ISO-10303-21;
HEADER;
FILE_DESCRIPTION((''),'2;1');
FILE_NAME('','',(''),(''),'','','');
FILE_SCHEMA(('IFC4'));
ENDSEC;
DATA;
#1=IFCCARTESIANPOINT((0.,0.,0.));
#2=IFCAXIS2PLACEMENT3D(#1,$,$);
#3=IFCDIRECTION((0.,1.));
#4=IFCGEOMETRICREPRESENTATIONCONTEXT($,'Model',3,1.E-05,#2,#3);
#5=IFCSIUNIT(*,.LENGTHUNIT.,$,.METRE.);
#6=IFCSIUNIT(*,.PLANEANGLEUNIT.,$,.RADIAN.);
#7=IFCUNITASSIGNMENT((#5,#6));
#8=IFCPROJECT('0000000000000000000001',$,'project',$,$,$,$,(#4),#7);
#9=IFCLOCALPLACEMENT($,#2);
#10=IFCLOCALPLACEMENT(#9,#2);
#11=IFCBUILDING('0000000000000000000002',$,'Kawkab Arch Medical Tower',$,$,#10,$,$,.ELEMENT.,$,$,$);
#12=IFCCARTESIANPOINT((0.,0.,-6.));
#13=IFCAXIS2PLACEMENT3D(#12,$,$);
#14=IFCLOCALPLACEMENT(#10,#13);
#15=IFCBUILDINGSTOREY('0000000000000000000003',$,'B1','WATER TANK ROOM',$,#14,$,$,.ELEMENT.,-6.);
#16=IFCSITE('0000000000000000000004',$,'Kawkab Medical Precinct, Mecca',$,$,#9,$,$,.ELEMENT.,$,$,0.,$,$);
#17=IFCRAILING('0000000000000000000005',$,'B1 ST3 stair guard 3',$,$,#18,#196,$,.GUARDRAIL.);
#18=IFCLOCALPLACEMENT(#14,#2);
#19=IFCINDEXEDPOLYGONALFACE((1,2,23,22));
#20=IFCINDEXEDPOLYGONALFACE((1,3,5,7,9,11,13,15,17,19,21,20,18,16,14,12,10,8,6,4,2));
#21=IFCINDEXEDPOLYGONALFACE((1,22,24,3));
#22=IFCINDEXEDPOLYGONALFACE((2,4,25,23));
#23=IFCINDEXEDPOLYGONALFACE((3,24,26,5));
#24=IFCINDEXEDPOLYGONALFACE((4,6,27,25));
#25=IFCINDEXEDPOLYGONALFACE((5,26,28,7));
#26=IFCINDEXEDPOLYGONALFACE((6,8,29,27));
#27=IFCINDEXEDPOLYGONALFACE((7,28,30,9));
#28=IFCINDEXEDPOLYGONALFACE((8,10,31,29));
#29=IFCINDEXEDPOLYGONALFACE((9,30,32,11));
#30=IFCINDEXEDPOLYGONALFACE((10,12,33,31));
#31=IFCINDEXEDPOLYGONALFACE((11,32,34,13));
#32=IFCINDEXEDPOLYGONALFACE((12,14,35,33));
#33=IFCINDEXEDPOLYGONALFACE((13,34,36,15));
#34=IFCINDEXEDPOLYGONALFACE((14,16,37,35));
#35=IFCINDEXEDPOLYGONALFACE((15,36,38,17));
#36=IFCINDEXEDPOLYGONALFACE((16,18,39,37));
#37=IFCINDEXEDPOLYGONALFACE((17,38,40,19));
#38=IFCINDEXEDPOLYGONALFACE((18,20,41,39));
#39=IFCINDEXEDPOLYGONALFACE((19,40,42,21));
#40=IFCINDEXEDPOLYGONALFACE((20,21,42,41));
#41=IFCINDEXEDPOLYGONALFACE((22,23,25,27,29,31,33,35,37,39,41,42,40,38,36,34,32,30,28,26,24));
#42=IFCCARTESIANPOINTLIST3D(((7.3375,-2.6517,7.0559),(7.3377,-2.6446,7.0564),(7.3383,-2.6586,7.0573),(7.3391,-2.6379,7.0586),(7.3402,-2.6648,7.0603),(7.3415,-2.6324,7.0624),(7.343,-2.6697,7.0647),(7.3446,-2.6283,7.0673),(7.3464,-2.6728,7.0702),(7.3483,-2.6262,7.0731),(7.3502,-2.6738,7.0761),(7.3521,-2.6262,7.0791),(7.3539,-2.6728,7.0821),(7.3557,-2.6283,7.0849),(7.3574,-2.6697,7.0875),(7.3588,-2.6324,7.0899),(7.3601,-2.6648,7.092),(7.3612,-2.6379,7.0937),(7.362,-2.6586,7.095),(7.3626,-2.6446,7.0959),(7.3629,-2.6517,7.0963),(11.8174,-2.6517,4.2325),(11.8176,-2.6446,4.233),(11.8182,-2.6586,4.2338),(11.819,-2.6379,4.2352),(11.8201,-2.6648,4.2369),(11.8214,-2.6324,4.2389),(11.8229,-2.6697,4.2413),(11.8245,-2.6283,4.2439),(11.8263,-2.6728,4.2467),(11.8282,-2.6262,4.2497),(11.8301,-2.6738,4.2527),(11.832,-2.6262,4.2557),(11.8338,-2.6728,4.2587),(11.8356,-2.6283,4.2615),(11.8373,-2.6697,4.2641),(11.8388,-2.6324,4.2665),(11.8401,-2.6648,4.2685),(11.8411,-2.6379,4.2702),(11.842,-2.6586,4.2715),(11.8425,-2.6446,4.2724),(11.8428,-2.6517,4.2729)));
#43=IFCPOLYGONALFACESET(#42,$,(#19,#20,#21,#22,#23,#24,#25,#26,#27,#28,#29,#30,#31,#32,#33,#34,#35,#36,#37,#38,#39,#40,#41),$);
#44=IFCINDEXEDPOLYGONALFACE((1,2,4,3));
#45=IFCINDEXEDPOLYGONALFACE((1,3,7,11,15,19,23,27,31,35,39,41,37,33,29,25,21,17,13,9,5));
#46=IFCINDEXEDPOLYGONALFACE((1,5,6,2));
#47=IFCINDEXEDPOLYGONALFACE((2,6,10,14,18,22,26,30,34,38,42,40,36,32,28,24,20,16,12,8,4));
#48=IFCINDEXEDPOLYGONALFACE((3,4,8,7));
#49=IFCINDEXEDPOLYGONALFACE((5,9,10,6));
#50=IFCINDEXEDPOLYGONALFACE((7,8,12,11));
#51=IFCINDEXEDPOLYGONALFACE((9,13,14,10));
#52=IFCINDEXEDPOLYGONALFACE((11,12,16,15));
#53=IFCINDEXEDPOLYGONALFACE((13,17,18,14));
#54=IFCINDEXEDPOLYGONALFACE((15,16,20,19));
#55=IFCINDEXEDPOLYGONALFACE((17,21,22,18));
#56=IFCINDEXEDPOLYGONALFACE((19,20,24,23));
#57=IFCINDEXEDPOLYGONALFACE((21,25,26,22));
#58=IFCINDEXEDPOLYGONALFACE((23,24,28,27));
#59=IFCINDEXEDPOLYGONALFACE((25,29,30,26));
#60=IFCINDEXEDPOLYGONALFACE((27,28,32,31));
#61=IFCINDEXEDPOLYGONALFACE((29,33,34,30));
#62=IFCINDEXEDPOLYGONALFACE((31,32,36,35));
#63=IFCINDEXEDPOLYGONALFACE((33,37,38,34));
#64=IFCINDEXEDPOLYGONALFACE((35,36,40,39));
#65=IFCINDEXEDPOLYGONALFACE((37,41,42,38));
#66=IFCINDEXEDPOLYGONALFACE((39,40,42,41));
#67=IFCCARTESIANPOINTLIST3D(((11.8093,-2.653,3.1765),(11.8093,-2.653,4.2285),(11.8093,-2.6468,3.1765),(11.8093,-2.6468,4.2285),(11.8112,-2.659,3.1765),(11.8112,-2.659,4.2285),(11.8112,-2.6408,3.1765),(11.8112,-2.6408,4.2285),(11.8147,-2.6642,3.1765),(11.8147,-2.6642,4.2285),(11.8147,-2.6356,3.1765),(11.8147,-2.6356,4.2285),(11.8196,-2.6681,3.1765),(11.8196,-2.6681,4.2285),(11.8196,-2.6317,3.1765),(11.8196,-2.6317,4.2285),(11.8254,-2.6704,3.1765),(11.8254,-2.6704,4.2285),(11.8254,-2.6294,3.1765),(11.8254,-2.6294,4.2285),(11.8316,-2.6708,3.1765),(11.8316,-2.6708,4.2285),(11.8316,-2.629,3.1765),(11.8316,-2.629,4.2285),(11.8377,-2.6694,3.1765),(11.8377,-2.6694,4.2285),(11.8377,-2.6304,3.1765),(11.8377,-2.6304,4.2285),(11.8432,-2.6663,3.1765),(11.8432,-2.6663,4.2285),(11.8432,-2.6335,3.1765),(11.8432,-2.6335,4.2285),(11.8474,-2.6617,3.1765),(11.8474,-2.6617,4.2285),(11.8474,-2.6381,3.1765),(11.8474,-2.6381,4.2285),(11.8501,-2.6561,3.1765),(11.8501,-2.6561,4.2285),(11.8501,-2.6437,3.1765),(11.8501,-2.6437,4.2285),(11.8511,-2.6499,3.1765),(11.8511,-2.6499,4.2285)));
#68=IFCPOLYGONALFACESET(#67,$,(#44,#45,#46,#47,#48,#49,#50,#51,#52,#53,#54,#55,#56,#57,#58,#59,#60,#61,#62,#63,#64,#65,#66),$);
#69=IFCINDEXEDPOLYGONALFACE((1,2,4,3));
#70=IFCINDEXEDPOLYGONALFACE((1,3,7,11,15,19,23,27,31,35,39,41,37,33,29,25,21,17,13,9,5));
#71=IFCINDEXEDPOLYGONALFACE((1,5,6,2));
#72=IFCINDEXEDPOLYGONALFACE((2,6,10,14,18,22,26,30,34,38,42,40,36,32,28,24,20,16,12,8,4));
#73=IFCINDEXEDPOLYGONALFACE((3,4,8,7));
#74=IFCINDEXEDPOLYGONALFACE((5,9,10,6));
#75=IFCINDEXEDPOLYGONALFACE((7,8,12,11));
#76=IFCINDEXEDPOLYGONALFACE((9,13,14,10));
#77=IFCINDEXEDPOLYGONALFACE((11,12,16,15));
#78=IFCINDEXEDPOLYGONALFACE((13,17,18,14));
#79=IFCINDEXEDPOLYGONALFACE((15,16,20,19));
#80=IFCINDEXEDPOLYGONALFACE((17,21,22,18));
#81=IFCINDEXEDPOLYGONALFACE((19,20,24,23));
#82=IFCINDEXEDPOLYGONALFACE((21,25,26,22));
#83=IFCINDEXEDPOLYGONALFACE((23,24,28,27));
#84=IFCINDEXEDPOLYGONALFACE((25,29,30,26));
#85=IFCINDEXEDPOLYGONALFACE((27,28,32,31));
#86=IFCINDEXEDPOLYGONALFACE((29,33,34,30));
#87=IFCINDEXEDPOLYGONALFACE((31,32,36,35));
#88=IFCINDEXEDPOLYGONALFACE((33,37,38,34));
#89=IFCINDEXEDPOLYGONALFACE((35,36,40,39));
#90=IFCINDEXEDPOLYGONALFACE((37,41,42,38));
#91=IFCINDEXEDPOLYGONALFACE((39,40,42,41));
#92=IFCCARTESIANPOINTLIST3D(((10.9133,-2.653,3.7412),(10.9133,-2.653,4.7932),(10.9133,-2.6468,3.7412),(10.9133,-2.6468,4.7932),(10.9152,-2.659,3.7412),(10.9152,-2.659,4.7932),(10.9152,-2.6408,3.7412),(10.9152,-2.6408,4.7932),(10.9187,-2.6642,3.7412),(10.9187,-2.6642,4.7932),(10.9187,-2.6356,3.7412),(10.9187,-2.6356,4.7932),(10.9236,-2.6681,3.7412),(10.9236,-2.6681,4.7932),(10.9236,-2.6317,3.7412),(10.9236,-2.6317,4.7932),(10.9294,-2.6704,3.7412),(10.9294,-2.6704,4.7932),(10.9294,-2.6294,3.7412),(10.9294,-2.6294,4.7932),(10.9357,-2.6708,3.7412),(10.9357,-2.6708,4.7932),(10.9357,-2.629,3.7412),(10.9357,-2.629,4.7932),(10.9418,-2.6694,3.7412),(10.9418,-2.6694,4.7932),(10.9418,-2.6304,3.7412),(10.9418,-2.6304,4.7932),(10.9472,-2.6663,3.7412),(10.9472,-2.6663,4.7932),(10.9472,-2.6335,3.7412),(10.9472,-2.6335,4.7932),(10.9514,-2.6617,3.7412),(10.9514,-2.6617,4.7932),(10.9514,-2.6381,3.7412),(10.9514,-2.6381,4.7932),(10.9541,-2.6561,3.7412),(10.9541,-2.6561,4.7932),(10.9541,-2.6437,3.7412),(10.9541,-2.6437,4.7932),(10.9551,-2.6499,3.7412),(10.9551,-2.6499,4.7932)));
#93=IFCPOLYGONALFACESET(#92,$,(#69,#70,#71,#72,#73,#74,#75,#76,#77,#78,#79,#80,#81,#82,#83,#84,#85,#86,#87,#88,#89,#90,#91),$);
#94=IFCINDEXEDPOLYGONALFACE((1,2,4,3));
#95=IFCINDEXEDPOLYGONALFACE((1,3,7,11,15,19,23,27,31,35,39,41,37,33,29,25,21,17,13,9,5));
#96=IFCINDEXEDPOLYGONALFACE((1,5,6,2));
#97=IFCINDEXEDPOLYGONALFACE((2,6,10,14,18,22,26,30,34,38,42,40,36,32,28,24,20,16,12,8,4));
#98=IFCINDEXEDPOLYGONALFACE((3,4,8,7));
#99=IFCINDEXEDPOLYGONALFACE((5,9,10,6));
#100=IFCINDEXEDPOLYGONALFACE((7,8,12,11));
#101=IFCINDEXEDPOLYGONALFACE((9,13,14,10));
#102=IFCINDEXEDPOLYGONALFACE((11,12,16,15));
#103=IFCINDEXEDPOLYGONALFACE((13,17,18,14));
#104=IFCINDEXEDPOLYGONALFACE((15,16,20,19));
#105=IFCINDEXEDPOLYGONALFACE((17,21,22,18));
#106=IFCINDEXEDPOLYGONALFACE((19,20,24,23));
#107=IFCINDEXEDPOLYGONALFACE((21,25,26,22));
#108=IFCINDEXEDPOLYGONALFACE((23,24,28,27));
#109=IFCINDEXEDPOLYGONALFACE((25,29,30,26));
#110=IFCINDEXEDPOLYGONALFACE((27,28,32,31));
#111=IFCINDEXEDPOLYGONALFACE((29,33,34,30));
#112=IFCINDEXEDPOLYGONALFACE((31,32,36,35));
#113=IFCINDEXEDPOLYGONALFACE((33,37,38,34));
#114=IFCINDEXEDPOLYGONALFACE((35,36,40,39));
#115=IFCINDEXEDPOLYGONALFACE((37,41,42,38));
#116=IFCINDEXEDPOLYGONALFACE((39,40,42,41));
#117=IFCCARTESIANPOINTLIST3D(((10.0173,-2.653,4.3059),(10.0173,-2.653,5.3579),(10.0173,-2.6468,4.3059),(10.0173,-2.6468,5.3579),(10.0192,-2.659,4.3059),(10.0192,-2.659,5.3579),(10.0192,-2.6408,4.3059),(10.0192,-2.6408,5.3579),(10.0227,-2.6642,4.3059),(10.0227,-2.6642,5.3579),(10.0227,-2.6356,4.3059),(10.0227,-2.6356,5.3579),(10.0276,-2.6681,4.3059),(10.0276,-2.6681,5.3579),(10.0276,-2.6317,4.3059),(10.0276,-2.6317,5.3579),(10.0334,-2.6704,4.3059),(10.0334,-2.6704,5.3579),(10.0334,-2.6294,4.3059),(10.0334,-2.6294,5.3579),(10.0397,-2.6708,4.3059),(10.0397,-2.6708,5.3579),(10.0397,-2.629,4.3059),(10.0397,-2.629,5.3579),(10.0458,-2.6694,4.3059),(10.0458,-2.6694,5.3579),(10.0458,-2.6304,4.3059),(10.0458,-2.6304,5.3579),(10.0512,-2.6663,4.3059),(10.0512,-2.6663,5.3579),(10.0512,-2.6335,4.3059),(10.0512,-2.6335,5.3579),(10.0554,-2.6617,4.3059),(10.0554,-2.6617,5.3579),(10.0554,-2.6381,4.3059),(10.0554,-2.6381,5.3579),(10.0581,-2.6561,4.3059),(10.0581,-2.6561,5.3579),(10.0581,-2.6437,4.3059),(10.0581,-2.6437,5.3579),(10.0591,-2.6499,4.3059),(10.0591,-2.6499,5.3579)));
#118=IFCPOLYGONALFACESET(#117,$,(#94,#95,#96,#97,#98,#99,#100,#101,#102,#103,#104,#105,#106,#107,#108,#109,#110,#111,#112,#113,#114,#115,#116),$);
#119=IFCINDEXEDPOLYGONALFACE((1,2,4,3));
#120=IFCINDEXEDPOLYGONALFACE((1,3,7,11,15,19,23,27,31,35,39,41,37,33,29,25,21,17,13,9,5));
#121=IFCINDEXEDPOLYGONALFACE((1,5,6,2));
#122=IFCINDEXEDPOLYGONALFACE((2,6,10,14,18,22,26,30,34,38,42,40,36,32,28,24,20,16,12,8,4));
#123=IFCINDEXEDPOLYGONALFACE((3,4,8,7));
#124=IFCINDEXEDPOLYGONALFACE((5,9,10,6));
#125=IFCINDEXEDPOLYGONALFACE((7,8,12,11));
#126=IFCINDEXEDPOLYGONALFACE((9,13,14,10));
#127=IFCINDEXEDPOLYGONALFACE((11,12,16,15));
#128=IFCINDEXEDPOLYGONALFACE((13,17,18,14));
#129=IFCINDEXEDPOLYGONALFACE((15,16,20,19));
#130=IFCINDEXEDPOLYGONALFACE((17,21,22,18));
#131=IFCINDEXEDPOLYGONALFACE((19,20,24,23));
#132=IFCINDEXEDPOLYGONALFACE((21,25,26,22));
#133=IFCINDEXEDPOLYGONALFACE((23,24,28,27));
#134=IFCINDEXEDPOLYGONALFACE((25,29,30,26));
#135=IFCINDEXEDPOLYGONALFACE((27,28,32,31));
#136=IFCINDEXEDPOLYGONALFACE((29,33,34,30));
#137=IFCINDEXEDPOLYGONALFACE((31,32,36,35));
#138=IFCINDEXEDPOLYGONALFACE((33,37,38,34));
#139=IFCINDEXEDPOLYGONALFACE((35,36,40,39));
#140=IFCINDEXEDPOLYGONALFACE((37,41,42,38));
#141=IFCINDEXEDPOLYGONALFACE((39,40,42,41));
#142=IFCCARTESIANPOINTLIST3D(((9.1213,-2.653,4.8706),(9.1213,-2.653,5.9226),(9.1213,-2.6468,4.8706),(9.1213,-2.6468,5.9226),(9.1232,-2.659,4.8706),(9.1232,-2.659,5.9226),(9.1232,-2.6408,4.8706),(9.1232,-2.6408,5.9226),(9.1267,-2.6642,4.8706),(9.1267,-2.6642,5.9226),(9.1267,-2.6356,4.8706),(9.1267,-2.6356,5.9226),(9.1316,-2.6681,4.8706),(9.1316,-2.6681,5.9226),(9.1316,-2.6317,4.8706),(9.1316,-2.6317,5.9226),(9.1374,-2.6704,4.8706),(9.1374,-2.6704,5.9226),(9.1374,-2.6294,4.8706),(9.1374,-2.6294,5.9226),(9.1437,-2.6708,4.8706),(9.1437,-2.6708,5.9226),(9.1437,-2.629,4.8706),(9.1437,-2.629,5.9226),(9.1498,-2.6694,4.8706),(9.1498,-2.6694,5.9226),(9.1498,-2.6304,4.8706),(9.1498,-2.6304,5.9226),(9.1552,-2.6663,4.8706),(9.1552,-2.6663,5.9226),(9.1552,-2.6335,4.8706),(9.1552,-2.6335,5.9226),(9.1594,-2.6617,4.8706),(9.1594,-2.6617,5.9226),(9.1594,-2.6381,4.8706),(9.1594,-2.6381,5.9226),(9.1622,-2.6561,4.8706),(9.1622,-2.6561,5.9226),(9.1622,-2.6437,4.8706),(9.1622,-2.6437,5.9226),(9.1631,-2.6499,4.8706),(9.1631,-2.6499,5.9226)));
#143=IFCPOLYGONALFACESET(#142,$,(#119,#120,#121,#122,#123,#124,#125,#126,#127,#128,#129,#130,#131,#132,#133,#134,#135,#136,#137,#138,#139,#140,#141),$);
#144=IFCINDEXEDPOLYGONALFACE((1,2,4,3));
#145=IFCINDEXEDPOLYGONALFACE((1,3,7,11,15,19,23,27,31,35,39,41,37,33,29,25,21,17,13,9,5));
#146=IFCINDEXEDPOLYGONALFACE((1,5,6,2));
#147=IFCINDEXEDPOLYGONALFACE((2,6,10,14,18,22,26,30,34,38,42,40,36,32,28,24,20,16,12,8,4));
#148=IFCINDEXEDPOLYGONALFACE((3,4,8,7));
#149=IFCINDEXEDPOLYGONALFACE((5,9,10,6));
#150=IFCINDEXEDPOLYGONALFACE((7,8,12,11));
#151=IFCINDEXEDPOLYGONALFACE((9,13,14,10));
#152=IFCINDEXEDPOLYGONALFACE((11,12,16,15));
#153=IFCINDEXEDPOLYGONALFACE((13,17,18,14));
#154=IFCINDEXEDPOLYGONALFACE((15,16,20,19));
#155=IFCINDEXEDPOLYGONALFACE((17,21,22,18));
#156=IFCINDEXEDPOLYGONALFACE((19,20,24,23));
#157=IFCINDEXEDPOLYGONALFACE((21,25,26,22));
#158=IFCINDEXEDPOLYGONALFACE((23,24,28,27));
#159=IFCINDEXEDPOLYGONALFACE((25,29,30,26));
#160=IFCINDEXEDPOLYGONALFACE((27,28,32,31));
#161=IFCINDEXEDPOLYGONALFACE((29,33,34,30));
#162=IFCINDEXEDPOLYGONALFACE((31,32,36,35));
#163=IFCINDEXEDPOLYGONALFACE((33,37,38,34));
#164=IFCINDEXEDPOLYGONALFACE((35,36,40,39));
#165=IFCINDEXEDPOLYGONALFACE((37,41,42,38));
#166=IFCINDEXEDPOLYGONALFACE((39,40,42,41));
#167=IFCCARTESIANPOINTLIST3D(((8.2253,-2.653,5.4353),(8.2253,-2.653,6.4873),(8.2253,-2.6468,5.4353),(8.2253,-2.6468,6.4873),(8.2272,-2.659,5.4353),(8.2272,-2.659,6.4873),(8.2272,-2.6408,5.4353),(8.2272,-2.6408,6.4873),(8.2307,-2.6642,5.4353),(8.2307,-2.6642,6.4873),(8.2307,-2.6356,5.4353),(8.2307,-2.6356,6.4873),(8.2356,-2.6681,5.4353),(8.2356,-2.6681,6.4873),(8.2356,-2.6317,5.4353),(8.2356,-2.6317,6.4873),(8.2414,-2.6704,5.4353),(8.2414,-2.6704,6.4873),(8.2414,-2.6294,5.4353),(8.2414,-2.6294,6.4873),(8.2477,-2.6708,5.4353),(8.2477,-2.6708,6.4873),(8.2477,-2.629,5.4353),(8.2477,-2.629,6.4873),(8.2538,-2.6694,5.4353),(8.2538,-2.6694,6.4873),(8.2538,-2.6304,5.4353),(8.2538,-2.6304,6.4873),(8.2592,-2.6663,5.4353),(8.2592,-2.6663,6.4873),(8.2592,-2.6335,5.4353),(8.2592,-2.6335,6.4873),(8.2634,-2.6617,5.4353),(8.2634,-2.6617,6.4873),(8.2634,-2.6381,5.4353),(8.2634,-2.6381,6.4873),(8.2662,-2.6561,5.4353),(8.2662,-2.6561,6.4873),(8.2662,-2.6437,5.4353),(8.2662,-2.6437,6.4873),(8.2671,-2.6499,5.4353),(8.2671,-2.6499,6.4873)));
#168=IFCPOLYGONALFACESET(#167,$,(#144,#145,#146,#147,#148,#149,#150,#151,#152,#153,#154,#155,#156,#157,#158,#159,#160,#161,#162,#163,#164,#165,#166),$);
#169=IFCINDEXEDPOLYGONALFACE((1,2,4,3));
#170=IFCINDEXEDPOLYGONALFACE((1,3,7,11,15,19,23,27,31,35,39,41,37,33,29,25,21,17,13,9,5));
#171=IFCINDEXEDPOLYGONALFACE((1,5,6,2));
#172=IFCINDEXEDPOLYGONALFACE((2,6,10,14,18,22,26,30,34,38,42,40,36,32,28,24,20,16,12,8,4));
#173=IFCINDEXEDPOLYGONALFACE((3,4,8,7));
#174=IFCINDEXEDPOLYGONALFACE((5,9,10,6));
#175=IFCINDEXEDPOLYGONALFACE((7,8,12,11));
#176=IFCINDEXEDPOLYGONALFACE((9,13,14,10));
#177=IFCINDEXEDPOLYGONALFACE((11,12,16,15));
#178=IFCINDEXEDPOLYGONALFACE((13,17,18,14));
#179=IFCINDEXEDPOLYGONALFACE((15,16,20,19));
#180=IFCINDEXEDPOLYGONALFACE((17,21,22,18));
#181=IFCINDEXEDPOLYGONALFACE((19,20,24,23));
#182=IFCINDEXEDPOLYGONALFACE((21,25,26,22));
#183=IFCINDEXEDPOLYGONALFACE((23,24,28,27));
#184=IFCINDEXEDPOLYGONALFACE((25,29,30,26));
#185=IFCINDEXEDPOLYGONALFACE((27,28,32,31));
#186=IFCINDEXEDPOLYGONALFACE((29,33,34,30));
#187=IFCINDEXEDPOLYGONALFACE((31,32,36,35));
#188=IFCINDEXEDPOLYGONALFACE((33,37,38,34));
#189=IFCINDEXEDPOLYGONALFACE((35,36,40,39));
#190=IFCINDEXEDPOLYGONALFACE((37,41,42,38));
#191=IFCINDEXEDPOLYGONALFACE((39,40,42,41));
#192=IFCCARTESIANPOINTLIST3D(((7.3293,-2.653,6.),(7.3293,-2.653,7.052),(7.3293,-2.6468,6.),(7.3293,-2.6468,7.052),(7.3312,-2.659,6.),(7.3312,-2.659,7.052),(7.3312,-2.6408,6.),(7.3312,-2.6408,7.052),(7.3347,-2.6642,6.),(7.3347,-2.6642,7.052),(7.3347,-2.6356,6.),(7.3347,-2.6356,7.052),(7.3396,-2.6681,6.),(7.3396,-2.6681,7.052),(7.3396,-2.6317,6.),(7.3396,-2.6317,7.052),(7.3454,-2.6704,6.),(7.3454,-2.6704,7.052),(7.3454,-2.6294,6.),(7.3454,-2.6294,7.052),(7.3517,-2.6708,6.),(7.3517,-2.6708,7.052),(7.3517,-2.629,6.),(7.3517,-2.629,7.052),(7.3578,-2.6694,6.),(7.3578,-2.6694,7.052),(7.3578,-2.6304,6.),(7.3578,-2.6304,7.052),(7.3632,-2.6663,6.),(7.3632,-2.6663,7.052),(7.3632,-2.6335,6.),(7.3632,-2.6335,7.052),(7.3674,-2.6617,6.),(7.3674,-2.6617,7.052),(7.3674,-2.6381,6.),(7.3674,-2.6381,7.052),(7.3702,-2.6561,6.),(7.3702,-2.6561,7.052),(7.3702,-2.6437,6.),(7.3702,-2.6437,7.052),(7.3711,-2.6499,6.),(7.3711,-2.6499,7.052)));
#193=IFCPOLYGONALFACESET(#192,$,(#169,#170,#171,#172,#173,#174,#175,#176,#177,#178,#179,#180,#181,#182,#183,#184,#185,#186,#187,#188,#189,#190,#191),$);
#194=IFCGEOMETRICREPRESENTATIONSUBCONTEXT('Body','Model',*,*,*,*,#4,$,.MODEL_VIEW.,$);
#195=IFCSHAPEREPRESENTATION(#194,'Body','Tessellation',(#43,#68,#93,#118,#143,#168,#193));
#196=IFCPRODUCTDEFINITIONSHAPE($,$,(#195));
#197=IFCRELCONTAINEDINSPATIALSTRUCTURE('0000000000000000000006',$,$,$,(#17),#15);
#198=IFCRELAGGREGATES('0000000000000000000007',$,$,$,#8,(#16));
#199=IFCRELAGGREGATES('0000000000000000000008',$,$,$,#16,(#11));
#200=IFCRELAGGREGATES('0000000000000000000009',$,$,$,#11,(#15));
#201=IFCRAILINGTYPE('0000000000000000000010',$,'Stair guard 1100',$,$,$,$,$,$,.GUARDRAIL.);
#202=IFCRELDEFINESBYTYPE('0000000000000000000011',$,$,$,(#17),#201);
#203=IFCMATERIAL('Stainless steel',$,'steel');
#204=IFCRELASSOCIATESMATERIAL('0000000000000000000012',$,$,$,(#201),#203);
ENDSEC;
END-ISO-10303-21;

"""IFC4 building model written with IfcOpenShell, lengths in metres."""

from ifc_helpers import new_model, si_unit, direction, frame, origin, origin_2d, place, context, subcontext, project, spatial, circle, extrude, material, type_object, element, save


model = new_model("IFC4")

# Units and contexts
model_context = context("Model", 3, precision=1e-05, world=origin(), true_north=direction((0.0, 1.0)))
body_context = subcontext(model_context, "Body", "Model", "MODEL_VIEW")
ifc_project = project(units=[si_unit("LENGTHUNIT", "METRE"), si_unit("PLANEANGLEUNIT", "RADIAN")], contexts=[model_context])

# Site, building, storey
site_placement = place(None, origin())
site = spatial("IfcSite", under=ifc_project, at=site_placement, Name="Kawkab Medical Precinct, Mecca", CompositionType="ELEMENT", RefElevation=0.0)
building_placement = place(site_placement, origin())
building = spatial("IfcBuilding", under=site, at=building_placement, Name="Kawkab Arch Medical Tower", CompositionType="ELEMENT")
storey_placement = place(building_placement, frame((0.0, 0.0, -6.0)))
storey = spatial("IfcBuildingStorey", under=building, at=storey_placement, Name="B1", Description="WATER TANK ROOM", CompositionType="ELEMENT", Elevation=-6.0)

# Railing
ifc_material_1 = material(Name="Stainless steel", Category="steel")
railing_type = type_object("IfcRailingType", Name="Stair guard 1100", PredefinedType="GUARDRAIL", material=ifc_material_1)
railing_1_placement = place(storey_placement, frame((11.8301, -2.6499, 3.1765)))
element("IfcRailing", 1, at=railing_1_placement, inside=storey, type_object=railing_type, Name="B1 ST3 stair guard 3", PredefinedType="GUARDRAIL", context=body_context, shape_type="SweptSolid", body=[
    extrude(circle(Radius=0.0239, at=origin_2d()), frame((0.0, 0.0, 1.0762), z_axis=(-0.845998, 0.0, 0.533186), x_axis=(0.0, -1.0, 0.0)), (0.0, 0.0, 1.0), 5.2954),
    extrude(circle(Radius=0.021, at=origin_2d()), origin(), (0.0, 0.0, 1.0), 1.052),
    extrude(circle(Radius=0.021, at=origin_2d()), frame((-0.896, 0.0, 0.5647)), (0.0, 0.0, 1.0), 1.052),
    extrude(circle(Radius=0.021, at=origin_2d()), frame((-1.792, 0.0, 1.1294)), (0.0, 0.0, 1.0), 1.052),
    extrude(circle(Radius=0.021, at=origin_2d()), frame((-2.688, 0.0, 1.6941)), (0.0, 0.0, 1.0), 1.052),
    extrude(circle(Radius=0.021, at=origin_2d()), frame((-3.584, 0.0, 2.2588)), (0.0, 0.0, 1.0), 1.052),
    extrude(circle(Radius=0.021, at=origin_2d()), frame((-4.48, 0.0, 2.8235)), (0.0, 0.0, 1.0), 1.052),
])

save(model, "model.ifc")
